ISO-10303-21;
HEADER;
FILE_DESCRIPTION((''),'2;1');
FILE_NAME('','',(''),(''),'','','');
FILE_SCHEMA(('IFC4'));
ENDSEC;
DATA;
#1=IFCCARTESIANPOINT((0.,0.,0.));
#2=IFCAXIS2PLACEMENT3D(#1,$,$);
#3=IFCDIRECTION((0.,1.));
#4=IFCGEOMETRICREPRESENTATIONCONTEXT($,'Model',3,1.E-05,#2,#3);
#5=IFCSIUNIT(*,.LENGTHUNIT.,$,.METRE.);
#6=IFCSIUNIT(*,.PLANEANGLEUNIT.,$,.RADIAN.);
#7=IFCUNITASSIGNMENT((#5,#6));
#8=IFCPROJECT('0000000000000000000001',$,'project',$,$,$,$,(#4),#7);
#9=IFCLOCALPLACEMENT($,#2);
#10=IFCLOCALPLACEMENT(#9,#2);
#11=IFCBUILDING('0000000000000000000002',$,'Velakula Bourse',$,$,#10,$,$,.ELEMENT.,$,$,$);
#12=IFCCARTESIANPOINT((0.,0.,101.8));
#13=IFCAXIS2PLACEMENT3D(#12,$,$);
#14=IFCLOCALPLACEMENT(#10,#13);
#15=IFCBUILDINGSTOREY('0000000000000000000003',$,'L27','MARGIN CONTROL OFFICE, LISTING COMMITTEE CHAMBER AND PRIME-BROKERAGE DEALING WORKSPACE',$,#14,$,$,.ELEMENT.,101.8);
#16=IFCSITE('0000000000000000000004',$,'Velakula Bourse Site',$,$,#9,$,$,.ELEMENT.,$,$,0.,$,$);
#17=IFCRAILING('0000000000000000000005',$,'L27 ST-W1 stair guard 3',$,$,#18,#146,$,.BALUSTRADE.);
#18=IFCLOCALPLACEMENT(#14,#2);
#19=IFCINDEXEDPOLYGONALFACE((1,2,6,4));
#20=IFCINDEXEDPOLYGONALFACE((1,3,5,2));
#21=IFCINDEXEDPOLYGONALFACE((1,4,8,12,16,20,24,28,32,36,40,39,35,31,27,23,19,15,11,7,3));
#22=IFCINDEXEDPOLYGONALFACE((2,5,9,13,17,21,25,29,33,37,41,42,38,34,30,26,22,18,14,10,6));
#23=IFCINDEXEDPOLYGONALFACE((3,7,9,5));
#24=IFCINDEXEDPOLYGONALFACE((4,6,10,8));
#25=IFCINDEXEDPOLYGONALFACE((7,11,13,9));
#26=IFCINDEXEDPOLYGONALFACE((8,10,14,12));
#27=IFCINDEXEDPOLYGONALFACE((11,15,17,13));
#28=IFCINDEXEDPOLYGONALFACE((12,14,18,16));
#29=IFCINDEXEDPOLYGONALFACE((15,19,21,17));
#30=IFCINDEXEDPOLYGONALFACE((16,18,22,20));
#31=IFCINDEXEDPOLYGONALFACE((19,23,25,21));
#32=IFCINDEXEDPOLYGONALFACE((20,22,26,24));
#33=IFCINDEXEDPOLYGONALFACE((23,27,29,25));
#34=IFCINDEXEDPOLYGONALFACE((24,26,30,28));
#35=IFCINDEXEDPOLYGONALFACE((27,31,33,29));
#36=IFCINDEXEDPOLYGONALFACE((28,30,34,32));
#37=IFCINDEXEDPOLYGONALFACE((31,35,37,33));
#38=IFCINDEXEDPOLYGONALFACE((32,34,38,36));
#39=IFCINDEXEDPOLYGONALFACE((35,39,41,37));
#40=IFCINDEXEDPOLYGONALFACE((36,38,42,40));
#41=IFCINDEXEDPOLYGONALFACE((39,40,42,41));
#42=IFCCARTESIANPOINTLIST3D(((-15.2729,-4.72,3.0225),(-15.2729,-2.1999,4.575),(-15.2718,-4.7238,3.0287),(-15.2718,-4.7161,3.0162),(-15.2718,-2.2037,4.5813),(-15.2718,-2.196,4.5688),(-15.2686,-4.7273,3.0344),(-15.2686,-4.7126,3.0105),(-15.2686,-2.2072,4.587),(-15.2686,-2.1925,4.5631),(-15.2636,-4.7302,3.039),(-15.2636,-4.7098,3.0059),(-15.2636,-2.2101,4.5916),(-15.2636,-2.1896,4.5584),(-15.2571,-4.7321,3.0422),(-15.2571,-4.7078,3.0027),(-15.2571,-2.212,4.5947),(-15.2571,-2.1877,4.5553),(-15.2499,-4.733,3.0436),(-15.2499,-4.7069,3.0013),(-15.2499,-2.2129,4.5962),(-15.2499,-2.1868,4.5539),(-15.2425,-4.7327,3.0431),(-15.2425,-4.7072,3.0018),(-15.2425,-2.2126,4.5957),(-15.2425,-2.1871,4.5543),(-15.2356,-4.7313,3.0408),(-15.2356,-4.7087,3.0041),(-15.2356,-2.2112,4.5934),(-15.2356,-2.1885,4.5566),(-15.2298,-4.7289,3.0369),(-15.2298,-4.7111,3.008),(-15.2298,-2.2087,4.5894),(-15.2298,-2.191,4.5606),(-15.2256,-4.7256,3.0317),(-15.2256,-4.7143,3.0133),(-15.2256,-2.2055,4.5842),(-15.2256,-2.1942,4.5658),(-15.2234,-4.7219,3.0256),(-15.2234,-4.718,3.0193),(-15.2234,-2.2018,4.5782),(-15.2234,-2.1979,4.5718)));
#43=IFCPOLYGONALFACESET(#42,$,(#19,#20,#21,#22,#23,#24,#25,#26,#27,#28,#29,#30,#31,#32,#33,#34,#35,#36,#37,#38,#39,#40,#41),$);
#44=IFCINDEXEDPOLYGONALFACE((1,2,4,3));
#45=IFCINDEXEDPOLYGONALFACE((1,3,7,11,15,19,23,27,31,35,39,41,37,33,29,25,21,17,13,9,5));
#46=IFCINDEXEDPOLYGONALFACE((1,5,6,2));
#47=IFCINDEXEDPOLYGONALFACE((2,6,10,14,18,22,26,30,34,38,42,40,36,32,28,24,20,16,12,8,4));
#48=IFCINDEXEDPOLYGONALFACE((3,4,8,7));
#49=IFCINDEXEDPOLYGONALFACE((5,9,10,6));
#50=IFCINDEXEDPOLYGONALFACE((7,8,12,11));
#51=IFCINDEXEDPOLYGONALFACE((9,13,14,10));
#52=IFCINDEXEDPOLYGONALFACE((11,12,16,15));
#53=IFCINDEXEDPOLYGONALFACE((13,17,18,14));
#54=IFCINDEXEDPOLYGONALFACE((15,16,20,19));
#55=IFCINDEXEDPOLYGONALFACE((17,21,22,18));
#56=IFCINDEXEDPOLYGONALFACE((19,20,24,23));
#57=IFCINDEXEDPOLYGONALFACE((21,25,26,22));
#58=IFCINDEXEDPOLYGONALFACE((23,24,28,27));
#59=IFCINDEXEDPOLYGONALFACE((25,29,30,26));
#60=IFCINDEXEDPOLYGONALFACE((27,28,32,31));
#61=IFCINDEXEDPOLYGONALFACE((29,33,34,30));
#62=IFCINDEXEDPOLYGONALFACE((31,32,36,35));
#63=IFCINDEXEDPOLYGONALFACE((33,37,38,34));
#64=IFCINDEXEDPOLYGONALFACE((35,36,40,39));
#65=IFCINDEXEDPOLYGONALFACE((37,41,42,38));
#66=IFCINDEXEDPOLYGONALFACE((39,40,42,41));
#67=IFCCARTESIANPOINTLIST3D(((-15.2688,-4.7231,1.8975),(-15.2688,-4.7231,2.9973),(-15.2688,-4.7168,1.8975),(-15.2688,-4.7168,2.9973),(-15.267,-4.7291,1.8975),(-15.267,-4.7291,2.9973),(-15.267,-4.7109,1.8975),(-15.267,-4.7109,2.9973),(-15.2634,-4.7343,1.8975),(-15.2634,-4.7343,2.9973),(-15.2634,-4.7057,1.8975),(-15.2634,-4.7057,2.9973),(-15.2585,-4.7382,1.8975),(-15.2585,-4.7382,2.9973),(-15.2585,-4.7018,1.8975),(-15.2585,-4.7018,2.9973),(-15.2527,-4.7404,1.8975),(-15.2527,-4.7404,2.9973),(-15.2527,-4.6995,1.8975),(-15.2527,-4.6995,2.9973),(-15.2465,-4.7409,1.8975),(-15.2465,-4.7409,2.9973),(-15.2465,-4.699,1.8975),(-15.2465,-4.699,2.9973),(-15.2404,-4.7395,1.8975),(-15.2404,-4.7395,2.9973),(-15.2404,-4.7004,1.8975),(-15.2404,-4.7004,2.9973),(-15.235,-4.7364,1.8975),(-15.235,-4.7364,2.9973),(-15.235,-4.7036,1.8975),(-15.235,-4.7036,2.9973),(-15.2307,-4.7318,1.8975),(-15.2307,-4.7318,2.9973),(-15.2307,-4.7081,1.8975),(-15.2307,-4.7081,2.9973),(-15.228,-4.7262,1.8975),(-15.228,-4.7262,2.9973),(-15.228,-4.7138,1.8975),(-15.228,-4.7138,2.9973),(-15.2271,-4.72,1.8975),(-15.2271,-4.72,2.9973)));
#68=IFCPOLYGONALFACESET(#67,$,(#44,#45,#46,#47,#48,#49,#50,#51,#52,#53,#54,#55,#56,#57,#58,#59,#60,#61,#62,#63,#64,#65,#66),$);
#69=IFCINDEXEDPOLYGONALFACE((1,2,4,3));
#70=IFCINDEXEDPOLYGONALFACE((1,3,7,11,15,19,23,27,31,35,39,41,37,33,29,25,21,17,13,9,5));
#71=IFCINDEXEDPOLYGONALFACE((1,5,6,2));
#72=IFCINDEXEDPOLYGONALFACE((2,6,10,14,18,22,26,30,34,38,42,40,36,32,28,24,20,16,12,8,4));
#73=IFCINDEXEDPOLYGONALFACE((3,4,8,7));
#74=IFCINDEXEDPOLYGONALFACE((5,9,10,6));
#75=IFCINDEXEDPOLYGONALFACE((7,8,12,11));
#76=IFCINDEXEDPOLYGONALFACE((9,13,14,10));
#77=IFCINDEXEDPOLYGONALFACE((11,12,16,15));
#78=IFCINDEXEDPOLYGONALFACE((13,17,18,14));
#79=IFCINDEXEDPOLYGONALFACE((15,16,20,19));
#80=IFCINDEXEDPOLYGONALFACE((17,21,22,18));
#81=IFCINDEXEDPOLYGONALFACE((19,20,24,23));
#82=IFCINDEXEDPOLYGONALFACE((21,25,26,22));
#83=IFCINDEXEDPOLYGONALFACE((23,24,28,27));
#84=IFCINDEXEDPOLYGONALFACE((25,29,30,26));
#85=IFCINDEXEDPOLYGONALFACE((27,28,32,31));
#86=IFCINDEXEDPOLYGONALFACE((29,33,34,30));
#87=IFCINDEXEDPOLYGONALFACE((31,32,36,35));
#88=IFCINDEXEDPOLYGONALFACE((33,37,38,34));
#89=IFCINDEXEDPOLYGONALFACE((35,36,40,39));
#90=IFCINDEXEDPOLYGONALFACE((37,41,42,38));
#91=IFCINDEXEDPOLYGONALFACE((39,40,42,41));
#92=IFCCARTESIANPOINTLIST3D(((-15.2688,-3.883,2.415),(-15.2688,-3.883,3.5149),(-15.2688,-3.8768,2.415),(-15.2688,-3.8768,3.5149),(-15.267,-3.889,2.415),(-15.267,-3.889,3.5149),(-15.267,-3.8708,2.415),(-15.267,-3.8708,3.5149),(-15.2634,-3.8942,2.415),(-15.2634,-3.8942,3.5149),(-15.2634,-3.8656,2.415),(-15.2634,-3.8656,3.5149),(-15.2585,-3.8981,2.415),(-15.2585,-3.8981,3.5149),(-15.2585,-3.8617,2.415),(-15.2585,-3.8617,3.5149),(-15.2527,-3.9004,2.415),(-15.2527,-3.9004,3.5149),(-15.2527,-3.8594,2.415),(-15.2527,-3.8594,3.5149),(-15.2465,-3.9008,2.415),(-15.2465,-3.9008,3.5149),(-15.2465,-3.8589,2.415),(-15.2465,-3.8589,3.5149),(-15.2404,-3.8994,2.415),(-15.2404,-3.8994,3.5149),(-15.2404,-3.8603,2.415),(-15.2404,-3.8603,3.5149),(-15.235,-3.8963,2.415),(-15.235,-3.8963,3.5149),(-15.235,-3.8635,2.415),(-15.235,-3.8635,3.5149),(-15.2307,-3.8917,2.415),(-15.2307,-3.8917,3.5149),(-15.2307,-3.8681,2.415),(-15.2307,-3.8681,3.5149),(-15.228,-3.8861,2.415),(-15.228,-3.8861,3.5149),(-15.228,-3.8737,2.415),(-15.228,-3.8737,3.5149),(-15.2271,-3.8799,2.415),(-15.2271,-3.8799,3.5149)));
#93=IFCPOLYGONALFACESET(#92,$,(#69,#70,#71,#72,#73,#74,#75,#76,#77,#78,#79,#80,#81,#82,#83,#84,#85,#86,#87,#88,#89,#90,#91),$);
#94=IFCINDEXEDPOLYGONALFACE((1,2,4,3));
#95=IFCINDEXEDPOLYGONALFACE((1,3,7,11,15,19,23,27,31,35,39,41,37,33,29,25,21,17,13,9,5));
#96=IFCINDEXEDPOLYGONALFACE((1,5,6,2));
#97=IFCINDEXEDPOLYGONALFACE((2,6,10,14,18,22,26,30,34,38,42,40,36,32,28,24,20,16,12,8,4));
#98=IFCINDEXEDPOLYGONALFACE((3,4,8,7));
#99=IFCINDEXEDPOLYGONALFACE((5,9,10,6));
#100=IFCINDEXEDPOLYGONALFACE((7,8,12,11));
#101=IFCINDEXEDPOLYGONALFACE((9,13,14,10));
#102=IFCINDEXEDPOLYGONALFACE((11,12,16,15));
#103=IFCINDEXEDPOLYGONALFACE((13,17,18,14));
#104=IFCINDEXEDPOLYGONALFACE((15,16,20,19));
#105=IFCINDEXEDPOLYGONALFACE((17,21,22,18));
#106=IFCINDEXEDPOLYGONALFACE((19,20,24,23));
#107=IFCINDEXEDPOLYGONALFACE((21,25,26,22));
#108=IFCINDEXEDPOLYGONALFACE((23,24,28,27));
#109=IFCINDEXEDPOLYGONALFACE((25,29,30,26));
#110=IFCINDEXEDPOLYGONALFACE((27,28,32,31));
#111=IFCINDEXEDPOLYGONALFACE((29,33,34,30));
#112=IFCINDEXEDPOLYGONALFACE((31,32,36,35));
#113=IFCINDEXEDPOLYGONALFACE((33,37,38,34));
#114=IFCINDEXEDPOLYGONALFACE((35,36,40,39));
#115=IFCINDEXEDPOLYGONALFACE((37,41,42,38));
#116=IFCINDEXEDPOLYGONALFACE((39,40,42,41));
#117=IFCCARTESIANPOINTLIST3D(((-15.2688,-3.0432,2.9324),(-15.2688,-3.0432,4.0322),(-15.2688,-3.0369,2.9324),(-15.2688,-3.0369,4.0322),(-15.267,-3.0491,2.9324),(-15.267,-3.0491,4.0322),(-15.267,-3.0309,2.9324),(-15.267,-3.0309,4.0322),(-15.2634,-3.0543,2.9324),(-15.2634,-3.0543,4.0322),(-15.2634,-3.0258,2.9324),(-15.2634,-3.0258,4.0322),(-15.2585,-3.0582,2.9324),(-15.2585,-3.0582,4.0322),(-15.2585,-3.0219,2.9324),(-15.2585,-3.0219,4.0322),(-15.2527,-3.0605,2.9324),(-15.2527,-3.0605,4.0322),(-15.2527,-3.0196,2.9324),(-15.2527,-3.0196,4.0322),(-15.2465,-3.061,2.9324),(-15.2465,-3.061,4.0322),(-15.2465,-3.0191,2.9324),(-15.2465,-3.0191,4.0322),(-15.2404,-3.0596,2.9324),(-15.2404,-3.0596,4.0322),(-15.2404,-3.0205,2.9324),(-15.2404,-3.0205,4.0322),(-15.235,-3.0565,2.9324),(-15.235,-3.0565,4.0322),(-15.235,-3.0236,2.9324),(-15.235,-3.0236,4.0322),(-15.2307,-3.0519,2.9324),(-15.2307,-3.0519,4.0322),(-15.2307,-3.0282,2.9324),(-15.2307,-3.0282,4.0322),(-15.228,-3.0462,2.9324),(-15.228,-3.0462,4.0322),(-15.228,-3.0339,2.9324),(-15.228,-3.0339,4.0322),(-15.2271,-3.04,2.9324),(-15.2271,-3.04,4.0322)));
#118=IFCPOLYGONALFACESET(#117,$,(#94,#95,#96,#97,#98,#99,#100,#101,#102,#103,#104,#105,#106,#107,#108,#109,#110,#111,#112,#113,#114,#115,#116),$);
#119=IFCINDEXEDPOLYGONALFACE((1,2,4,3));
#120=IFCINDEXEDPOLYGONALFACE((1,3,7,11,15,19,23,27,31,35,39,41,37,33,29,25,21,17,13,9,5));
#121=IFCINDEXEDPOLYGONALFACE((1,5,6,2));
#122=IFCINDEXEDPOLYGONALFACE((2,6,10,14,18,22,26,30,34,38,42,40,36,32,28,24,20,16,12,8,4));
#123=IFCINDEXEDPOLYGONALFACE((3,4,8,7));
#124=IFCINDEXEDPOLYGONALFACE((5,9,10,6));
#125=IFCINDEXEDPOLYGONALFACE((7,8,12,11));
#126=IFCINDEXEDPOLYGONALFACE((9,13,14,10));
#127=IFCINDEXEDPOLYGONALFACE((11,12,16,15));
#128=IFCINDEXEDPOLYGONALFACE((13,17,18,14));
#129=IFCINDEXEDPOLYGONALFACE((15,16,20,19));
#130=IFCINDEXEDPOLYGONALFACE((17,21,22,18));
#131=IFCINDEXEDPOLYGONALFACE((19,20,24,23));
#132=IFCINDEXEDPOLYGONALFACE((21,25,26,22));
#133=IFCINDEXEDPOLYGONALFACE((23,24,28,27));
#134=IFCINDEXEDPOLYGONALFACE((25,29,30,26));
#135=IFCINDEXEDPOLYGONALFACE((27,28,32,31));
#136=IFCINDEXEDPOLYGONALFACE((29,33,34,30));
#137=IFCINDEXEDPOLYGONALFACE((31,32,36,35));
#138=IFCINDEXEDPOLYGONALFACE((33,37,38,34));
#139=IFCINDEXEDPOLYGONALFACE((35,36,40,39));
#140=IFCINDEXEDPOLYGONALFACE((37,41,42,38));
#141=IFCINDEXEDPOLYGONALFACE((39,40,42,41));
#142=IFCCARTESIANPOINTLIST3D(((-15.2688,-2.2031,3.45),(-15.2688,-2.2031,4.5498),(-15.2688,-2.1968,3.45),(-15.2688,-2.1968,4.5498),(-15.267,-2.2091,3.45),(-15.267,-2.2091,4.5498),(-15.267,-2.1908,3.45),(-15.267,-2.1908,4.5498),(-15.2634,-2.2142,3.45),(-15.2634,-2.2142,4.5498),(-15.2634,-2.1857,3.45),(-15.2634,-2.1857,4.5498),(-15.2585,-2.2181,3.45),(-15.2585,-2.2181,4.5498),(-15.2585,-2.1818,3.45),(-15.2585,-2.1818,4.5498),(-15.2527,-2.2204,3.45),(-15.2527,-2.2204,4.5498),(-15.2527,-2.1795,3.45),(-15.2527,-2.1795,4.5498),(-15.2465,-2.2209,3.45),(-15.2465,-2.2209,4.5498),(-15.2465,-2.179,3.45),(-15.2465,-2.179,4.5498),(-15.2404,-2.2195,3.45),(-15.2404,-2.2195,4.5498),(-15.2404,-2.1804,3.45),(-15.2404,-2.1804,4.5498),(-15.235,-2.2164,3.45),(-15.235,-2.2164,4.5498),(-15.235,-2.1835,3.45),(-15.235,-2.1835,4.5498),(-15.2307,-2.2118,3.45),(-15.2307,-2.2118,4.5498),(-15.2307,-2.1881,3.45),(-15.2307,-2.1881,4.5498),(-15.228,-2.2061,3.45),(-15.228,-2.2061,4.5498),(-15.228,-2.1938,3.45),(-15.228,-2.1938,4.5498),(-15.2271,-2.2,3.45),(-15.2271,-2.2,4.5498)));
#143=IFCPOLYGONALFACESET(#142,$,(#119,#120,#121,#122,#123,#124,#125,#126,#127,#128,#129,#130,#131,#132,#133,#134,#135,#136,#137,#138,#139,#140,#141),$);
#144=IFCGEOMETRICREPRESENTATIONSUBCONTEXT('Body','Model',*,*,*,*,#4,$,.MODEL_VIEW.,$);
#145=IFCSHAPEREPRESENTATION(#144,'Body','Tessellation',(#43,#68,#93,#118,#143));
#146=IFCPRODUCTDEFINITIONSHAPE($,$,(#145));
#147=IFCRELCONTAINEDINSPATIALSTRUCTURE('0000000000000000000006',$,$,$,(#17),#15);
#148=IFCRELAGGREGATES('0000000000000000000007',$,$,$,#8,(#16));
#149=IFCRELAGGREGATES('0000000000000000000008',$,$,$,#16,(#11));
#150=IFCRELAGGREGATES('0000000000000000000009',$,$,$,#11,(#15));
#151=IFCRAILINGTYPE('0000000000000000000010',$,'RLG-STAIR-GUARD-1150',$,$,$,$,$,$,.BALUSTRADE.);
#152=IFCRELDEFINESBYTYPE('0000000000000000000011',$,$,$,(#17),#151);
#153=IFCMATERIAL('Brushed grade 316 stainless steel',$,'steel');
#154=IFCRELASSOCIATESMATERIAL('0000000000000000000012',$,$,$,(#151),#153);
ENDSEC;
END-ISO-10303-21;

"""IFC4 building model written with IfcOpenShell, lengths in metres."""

from ifc_helpers import new_model, si_unit, direction, frame, origin, origin_2d, place, context, subcontext, project, spatial, circle, extrude, material, type_object, element, save


model = new_model("IFC4")

# Units and contexts
model_context = context("Model", 3, precision=1e-05, world=origin(), true_north=direction((0.0, 1.0)))
body_context = subcontext(model_context, "Body", "Model", "MODEL_VIEW")
ifc_project = project(units=[si_unit("LENGTHUNIT", "METRE"), si_unit("PLANEANGLEUNIT", "RADIAN")], contexts=[model_context])

# Site, building, storey
site_placement = place(None, origin())
site = spatial("IfcSite", under=ifc_project, at=site_placement, Name="Velakula Bourse Site", CompositionType="ELEMENT", RefElevation=0.0)
building_placement = place(site_placement, origin())
building = spatial("IfcBuilding", under=site, at=building_placement, Name="Velakula Bourse", CompositionType="ELEMENT")
storey_placement = place(building_placement, frame((0.0, 0.0, 101.8)))
storey = spatial("IfcBuildingStorey", under=building, at=storey_placement, Name="L27", Description="MARGIN CONTROL OFFICE, LISTING COMMITTEE CHAMBER AND PRIME-BROKERAGE DEALING WORKSPACE", CompositionType="ELEMENT", Elevation=101.8)

# Shared definitions
ifc_material_1 = material(Name="Brushed grade 316 stainless steel", Category="steel")

# Railing
railing_type_1 = type_object("IfcRailingType", Name="RLG-STAIR-GUARD-1150", PredefinedType="BALUSTRADE", material=ifc_material_1)
railing_1_placement = place(storey_placement, frame((-15.248, -4.72, 1.8975)))
element("IfcRailing", 1, at=railing_1_placement, inside=storey, type_object=railing_type_1, Name="L27 ST-W1 stair guard 3", PredefinedType="BALUSTRADE", context=body_context, shape_type="SweptSolid", body=[
    extrude(circle(Radius=0.0249, at=origin_2d()), frame((0.0, 0.0, 1.125), z_axis=(0.0, 0.8514, 0.524516), x_axis=(-1.0, 0.0, 0.0)), (0.0, 0.0, 1.0), 2.96),
    extrude(circle(Radius=0.021, at=origin_2d()), origin(), (0.0, 0.0, 1.0), 1.0999),
    extrude(circle(Radius=0.021, at=origin_2d()), frame((0.0, 0.8401, 0.5176)), (0.0, 0.0, 1.0), 1.0999),
    extrude(circle(Radius=0.021, at=origin_2d()), frame((0.0, 1.6799, 1.0349)), (0.0, 0.0, 1.0), 1.0999),
    extrude(circle(Radius=0.021, at=origin_2d()), frame((0.0, 2.52, 1.5525)), (0.0, 0.0, 1.0), 1.0999),
])

save(model, "model.ifc")
